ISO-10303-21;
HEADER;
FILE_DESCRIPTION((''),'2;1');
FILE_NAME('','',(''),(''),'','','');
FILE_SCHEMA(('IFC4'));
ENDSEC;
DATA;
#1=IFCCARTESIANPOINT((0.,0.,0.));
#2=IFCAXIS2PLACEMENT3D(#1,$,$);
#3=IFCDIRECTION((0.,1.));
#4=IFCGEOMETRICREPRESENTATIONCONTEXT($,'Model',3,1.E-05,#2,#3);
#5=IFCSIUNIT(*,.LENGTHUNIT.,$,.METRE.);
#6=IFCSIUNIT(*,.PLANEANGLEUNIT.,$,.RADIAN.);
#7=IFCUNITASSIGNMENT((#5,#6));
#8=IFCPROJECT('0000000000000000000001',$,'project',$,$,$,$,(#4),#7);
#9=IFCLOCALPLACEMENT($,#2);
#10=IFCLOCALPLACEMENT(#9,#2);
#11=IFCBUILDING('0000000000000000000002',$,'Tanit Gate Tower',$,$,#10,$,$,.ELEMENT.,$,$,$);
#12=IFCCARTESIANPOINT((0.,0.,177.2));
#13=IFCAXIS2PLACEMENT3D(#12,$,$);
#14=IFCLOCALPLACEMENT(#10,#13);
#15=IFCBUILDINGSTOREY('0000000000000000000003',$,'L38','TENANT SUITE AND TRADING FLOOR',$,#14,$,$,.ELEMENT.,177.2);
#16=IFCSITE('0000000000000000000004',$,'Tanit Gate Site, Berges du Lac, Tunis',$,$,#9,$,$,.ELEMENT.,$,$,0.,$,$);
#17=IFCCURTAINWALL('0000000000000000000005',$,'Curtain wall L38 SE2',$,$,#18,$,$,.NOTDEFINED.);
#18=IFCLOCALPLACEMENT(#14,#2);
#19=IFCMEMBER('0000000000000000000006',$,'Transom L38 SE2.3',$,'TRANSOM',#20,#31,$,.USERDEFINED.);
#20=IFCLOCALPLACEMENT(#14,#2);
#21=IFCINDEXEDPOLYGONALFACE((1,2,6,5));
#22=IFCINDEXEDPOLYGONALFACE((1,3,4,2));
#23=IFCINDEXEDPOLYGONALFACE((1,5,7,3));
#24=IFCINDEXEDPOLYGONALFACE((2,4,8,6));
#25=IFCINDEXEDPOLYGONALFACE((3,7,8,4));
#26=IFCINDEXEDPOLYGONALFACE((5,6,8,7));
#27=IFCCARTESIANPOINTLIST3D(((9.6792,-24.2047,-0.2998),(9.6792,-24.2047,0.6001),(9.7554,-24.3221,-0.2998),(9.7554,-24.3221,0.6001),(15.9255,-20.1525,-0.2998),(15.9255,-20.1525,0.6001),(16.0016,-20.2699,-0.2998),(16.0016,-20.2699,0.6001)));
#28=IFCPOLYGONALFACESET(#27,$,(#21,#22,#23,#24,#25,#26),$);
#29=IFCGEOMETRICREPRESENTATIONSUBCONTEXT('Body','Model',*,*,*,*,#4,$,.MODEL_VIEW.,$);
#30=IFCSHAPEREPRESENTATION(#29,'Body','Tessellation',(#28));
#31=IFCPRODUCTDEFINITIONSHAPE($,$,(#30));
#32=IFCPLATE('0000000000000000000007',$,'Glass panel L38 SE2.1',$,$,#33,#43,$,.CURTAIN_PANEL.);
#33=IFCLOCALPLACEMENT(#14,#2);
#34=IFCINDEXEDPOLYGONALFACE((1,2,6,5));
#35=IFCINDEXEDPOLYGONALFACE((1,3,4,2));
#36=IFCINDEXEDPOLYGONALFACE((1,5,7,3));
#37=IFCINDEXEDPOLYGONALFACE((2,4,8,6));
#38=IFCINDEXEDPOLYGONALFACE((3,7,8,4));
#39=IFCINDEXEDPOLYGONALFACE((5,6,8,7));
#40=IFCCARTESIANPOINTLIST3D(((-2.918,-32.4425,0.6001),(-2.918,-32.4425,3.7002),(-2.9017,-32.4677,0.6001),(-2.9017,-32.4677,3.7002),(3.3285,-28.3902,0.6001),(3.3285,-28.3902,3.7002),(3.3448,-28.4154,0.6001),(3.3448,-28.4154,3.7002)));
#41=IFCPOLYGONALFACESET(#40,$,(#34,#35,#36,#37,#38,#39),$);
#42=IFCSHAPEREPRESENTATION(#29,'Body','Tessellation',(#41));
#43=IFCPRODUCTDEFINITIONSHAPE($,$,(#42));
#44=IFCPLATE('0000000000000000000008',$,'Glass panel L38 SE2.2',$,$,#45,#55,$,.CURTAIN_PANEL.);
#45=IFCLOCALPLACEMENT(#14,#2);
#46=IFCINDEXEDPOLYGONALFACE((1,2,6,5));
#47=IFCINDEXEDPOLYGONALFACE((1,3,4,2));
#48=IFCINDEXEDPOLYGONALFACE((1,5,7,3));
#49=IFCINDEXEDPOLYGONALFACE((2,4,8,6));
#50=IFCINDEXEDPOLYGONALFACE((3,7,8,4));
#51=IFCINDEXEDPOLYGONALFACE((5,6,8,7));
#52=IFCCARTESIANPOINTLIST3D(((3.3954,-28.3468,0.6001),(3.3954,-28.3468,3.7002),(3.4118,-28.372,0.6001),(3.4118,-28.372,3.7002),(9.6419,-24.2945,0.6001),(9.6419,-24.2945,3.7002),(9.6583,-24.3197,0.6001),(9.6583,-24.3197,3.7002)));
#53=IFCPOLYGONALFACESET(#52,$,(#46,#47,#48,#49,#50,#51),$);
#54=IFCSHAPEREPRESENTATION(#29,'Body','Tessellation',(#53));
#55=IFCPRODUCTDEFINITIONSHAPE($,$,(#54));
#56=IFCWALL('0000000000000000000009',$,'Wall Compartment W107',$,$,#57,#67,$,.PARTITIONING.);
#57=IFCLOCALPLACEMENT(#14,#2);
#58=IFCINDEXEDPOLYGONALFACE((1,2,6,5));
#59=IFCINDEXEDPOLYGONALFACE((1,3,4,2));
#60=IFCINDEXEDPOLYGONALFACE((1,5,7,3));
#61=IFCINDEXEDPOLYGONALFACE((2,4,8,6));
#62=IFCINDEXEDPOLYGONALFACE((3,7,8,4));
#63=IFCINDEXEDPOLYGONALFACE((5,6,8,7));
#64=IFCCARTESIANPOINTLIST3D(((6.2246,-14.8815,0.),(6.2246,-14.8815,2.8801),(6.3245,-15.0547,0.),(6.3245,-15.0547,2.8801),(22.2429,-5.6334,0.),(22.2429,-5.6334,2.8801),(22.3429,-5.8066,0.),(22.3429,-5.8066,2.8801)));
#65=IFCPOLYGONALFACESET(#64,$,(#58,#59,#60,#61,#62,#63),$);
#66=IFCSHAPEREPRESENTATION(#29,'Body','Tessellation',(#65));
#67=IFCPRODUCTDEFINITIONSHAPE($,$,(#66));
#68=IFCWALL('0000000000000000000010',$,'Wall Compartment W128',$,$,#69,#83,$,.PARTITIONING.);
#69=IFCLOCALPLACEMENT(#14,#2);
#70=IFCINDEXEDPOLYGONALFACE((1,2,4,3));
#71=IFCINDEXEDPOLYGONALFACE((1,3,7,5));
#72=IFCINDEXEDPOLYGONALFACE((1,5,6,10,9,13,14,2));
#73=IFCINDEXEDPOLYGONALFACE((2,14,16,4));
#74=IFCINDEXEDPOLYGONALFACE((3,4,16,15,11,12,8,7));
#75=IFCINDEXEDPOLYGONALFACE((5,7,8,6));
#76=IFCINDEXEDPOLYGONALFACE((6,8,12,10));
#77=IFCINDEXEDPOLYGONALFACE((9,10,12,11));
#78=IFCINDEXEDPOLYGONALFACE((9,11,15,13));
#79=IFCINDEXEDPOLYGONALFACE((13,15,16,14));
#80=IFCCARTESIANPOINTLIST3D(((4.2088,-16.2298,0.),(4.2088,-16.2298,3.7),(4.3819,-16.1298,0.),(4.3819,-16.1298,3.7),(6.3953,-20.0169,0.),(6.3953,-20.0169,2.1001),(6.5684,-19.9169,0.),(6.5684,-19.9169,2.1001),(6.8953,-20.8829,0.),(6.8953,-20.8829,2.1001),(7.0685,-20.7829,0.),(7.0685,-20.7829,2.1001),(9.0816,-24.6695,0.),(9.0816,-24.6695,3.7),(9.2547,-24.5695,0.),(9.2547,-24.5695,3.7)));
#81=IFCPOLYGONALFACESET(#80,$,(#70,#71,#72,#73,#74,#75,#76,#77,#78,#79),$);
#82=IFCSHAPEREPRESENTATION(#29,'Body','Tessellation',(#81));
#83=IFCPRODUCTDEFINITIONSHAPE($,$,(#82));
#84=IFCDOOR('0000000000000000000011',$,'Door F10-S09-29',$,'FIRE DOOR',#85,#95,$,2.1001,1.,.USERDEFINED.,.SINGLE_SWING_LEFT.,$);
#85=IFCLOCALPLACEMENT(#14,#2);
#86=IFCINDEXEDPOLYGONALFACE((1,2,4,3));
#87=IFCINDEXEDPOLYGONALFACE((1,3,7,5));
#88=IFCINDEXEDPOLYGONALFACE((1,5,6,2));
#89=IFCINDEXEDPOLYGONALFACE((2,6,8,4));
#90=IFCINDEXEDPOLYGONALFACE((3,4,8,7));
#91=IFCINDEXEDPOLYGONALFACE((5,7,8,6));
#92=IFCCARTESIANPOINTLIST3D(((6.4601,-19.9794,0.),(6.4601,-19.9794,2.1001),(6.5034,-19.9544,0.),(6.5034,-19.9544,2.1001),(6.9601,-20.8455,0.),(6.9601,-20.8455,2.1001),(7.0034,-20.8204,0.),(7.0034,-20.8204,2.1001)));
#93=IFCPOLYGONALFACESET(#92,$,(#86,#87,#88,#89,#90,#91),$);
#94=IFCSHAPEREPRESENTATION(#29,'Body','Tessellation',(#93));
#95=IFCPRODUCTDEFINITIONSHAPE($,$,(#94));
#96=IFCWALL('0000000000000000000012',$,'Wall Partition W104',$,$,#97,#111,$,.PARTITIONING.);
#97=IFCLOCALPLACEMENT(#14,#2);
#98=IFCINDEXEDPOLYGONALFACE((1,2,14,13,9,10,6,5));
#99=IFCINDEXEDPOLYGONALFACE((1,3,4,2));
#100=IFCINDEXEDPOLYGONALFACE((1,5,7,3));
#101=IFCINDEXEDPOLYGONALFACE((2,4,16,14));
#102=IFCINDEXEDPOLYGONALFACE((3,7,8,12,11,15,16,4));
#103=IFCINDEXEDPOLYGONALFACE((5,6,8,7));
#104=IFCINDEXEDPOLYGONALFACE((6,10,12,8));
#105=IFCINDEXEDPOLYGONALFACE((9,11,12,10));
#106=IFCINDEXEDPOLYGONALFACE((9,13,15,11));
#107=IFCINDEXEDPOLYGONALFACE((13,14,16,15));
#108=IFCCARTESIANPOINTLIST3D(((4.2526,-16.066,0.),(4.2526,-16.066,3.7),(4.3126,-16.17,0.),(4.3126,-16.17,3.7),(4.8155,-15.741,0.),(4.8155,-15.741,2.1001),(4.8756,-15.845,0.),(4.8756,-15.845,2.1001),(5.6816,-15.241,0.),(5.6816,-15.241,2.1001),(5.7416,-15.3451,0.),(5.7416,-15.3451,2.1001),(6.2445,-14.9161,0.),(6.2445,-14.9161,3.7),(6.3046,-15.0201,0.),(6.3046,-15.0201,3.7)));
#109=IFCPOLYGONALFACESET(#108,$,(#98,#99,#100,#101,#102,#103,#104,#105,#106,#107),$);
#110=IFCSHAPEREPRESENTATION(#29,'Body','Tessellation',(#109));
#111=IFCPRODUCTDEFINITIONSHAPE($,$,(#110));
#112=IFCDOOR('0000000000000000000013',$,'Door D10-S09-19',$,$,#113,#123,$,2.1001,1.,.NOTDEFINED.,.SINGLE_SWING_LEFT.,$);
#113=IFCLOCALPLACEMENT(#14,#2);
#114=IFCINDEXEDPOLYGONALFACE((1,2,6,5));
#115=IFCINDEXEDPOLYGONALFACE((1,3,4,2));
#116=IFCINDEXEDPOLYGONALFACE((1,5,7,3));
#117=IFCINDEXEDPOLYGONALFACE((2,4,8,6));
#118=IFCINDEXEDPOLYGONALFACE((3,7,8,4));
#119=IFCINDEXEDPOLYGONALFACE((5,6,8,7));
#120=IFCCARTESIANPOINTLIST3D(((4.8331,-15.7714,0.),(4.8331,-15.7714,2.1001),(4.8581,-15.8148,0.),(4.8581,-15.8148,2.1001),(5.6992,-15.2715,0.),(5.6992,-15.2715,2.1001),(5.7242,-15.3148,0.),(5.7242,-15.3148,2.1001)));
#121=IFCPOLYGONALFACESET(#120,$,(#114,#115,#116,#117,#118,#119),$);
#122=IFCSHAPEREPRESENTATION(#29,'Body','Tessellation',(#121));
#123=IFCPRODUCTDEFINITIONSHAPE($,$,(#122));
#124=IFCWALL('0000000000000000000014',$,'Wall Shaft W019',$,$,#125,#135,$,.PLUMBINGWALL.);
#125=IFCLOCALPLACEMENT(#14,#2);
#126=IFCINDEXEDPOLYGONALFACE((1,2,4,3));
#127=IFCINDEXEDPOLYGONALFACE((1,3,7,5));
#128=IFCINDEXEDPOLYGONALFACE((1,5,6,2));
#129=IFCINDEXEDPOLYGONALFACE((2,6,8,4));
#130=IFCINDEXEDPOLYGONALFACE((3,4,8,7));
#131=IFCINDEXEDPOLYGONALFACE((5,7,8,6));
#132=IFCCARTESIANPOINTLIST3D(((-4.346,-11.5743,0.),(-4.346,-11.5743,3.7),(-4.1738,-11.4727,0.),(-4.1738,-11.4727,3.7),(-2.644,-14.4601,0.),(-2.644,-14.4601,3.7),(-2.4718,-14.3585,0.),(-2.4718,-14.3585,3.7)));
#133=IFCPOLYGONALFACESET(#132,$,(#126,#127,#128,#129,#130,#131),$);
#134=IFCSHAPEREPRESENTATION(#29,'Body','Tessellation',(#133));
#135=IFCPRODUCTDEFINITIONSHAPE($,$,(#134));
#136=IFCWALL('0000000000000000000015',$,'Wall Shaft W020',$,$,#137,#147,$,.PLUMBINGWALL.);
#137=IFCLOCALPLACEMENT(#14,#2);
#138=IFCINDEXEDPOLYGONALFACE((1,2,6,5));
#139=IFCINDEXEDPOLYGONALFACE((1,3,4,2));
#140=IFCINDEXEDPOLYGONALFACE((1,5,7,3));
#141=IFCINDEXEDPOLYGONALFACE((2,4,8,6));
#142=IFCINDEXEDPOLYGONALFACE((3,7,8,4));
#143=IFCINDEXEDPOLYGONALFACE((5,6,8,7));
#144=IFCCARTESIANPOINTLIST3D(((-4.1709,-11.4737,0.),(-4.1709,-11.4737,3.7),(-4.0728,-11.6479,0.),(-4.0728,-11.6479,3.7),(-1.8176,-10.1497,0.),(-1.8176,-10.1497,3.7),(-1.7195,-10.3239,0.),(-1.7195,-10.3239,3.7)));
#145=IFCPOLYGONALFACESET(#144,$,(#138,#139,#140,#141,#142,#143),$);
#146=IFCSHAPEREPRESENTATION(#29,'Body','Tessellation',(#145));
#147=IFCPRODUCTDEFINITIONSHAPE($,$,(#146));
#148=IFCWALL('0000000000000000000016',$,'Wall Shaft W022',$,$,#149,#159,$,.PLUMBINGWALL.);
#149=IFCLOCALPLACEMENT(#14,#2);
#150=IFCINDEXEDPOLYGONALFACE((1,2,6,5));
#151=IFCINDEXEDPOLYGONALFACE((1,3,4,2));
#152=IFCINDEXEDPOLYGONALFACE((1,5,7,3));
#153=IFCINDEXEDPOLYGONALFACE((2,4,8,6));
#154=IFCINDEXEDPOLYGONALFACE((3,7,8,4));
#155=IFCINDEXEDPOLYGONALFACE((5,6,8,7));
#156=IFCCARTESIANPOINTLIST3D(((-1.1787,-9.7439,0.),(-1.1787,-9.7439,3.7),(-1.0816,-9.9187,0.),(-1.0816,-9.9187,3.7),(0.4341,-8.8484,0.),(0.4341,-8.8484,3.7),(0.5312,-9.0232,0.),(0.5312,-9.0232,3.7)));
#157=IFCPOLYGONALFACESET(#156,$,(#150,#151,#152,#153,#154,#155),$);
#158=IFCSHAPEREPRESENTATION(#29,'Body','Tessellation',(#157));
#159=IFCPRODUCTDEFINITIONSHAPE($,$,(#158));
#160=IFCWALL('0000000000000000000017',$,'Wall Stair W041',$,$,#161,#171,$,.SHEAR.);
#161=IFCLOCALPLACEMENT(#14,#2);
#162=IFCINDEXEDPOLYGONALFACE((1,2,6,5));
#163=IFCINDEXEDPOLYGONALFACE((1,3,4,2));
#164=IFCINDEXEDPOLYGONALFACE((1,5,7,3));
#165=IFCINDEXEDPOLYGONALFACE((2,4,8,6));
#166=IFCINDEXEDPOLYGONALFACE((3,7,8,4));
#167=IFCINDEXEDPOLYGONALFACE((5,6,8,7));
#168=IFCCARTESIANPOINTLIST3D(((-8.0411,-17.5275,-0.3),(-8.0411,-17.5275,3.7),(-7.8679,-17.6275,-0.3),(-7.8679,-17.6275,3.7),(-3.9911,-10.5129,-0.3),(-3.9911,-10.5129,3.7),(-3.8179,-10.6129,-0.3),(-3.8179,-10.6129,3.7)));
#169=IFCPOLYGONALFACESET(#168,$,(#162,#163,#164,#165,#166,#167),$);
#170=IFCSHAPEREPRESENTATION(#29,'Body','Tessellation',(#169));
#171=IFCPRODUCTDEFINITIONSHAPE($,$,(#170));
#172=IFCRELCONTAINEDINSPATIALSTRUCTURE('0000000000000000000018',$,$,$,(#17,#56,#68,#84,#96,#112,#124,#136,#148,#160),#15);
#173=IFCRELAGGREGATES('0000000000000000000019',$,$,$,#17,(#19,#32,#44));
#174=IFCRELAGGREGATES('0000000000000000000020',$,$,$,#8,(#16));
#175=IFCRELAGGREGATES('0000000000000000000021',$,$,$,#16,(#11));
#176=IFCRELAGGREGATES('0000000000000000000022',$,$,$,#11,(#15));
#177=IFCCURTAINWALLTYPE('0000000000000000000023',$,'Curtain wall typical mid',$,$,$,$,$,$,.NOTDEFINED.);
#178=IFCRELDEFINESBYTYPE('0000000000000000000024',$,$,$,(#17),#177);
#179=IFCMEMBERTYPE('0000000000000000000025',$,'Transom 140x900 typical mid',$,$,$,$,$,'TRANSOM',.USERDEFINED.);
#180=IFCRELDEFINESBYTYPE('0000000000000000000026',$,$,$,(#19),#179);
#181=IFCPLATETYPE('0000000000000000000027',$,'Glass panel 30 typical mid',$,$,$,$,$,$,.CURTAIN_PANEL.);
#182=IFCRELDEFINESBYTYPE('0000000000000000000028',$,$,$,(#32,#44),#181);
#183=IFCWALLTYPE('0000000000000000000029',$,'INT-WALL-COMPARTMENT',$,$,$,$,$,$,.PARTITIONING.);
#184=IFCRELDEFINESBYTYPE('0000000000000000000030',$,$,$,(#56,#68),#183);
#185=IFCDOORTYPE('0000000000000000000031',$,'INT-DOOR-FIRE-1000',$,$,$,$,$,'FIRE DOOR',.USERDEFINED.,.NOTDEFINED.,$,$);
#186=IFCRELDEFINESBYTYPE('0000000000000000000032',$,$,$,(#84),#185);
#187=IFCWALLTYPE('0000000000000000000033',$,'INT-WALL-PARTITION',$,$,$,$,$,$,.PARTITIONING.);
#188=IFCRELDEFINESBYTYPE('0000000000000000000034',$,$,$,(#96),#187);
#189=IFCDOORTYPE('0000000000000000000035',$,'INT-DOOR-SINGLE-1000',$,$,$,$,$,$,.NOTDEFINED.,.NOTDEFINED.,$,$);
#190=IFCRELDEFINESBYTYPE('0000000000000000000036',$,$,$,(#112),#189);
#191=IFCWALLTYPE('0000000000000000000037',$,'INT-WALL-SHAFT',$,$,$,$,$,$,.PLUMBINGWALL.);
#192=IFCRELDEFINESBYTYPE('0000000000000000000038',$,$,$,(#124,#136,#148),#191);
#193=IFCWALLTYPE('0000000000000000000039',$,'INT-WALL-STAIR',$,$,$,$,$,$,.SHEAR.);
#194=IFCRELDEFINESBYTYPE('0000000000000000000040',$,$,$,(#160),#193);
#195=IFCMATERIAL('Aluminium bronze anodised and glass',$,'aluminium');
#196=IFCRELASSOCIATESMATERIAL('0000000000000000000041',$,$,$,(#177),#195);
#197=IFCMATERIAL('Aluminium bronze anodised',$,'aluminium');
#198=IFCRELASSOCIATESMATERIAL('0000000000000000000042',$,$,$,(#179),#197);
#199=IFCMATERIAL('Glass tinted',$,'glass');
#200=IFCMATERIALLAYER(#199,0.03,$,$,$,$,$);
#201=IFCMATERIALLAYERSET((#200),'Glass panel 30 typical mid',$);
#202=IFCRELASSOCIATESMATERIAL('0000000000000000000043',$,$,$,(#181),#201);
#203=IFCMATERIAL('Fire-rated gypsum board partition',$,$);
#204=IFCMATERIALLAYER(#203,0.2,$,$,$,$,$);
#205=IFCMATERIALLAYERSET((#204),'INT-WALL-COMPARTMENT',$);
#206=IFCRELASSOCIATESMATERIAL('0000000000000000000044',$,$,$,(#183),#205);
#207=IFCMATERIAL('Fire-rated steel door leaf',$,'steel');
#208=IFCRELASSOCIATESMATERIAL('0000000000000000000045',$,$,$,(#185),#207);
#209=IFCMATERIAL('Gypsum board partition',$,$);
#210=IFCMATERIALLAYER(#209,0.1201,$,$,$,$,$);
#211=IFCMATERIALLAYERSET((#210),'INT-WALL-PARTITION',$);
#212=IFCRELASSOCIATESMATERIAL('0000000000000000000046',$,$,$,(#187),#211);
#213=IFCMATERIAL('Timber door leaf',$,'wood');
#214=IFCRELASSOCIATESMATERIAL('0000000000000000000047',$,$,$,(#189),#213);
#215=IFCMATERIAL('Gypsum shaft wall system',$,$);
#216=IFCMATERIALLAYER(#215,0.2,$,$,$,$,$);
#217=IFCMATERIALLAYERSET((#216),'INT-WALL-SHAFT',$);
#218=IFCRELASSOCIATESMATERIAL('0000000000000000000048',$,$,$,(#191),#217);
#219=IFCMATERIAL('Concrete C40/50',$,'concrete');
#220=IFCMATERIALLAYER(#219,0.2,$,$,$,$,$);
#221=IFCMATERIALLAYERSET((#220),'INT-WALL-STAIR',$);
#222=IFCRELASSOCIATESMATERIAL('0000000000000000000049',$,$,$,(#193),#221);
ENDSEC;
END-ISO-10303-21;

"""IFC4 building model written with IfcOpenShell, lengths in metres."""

from ifc_helpers import new_model, si_unit, direction, frame, frame_2d, origin, origin_2d, place, context, subcontext, project, spatial, rectangle, extrude, material, layer, layer_set, material_profile, profile_set, type_object, element, fill, aggregate, save


model = new_model("IFC4")

# Units and contexts
model_context = context("Model", 3, precision=1e-05, world=origin(), true_north=direction((0.0, 1.0)))
body_context = subcontext(model_context, "Body", "Model", "MODEL_VIEW")
ifc_project = project(units=[si_unit("LENGTHUNIT", "METRE"), si_unit("PLANEANGLEUNIT", "RADIAN")], contexts=[model_context])

# Site, building, storey
site_placement = place(None, origin())
site = spatial("IfcSite", under=ifc_project, at=site_placement, Name="Tanit Gate Site, Berges du Lac, Tunis", CompositionType="ELEMENT", RefElevation=0.0)
building_placement = place(site_placement, origin())
building = spatial("IfcBuilding", under=site, at=building_placement, Name="Tanit Gate Tower", CompositionType="ELEMENT")
storey_placement = place(building_placement, frame((0.0, 0.0, 177.2)))
storey = spatial("IfcBuildingStorey", under=building, at=storey_placement, Name="L38", Description="TENANT SUITE AND TRADING FLOOR", CompositionType="ELEMENT", Elevation=177.2)

# Curtain wall
ifc_material_1 = material(Name="Aluminium bronze anodised and glass", Category="aluminium")
curtain_wall_type = type_object("IfcCurtainWallType", Name="Curtain wall typical mid", PredefinedType="NOTDEFINED", material=ifc_material_1)
curtain_wall_1_placement = place(storey_placement, origin())
curtain_wall_1 = element("IfcCurtainWall", 1, at=curtain_wall_1_placement, inside=storey, type_object=curtain_wall_type, Name="Curtain wall L38 SE2", PredefinedType="NOTDEFINED")

# Member
ifc_material_2 = material(Name="Aluminium bronze anodised", Category="aluminium")
ifc_material_profile_1 = material_profile(ifc_material_2, rectangle(XDim=0.1399, YDim=0.8999, at=origin_2d()), Name="140x900 bronze transom")
ifc_profile_set_1 = profile_set([ifc_material_profile_1], Name="Aluminium bronze anodised")
member_type_1 = type_object("IfcMemberType", Name="Transom 140x900 typical mid", ElementType="TRANSOM", PredefinedType="USERDEFINED", material=ifc_profile_set_1)
member_1_placement = place(storey_placement, frame((9.7173, -24.2634, 0.1501), z_axis=(0.838926, 0.544245, 0.0), x_axis=(-0.544245, 0.838926, 0.0)))
member_1 = element("IfcMember", 2, at=member_1_placement, type_object=member_type_1, Name="Transom L38 SE2.3", ObjectType="TRANSOM", PredefinedType="USERDEFINED", context=body_context, shape_type="SweptSolid", body=[
    extrude(rectangle(XDim=0.1399, YDim=0.8999, at=origin_2d()), origin(), (0.0, 0.0, 1.0), 7.4456),
])

# Plates
ifc_material_3 = material(Name="Glass tinted", Category="glass")
ifc_layer_1 = layer(ifc_material_3, 0.03)
ifc_layer_set_1 = layer_set([ifc_layer_1], Name="Glass panel 30 typical mid")
plate_type = type_object("IfcPlateType", Name="Glass panel 30 typical mid", PredefinedType="CURTAIN_PANEL", material=ifc_layer_set_1)
plate_1_placement = place(storey_placement, frame((0.2134, -30.429, 0.6001), z_axis=(0.0, 0.0, 1.0), x_axis=(0.838927, 0.544243, 0.0)))
plate_1 = element("IfcPlate", 3, at=plate_1_placement, type_object=plate_type, Name="Glass panel L38 SE2.1", PredefinedType="CURTAIN_PANEL", context=body_context, shape_type="SweptSolid", body=[
    extrude(rectangle(XDim=7.4458, YDim=0.03, at=origin_2d()), origin(), (0.0, 0.0, 1.0), 3.1001),
])
plate_2_placement = place(storey_placement, frame((6.5269, -26.3333, 0.6001), z_axis=(0.0, 0.0, 1.0), x_axis=(0.838927, 0.544243, 0.0)))
plate_2 = element("IfcPlate", 4, at=plate_2_placement, type_object=plate_type, Name="Glass panel L38 SE2.2", PredefinedType="CURTAIN_PANEL", context=body_context, shape_type="SweptSolid", body=[
    extrude(rectangle(XDim=7.4458, YDim=0.03, at=origin_2d()), origin(), (0.0, 0.0, 1.0), 3.1001),
])
aggregate(curtain_wall_1, [member_1, plate_1, plate_2])

# Wall
ifc_material_4 = material(Name="Fire-rated gypsum board partition")
ifc_layer_2 = layer(ifc_material_4, 0.2)
ifc_layer_set_2 = layer_set([ifc_layer_2], Name="INT-WALL-COMPARTMENT")
wall_type_1 = type_object("IfcWallType", Name="INT-WALL-COMPARTMENT", PredefinedType="PARTITIONING", material=ifc_layer_set_2)
wall_1_placement = place(storey_placement, frame((6.2747, -14.968, 0.0), z_axis=(0.0, 0.0, 1.0), x_axis=(0.866028, 0.499995, 0.0)))
element("IfcWall", 5, at=wall_1_placement, inside=storey, type_object=wall_type_1, Name="Wall Compartment W107", PredefinedType="PARTITIONING", context=body_context, shape_type="SweptSolid", body=[
    extrude(rectangle(XDim=18.4963, YDim=0.2, at=frame_2d((9.248, 0.0))), origin(), (0.0, 0.0, 1.0), 2.8801),
])

# Walls, openings, doors
wall_2_placement = place(storey_placement, frame((4.2954, -16.1799, 0.0), z_axis=(0.0, 0.0, 1.0), x_axis=(0.500011, -0.866019, 0.0)))
wall_2 = element("IfcWall", 6, at=wall_2_placement, inside=storey, type_object=wall_type_1, Name="Wall Compartment W128", PredefinedType="PARTITIONING", context=body_context, shape_type="SweptSolid", body=[
    extrude(rectangle(XDim=9.7454, YDim=0.2, at=frame_2d((4.8726, 0.0))), origin(), (0.0, 0.0, 1.0), 3.7),
])
opening_1_placement = place(wall_2_placement, frame((4.3728, 0.0, 0.0)))
opening_1 = element("IfcOpeningElement", 7, at=opening_1_placement, cuts=wall_2, PredefinedType="OPENING", context=body_context, shape_type="SweptSolid", body=[
    extrude(rectangle(XDim=1.0, YDim=2.1001, at=frame_2d((0.5, 1.05))), frame((0.0, 0.1099, 0.0), z_axis=(0.0, -1.0, 0.0), x_axis=(1.0, 0.0, 0.0)), (0.0, 0.0, 1.0), 0.22),
])
ifc_material_5 = material(Name="Fire-rated steel door leaf", Category="steel")
door_type_1 = type_object("IfcDoorType", Name="INT-DOOR-FIRE-1000", ElementType="FIRE DOOR", OperationType="NOTDEFINED", PredefinedType="USERDEFINED", material=ifc_material_5)
door_1_placement = place(opening_1_placement, origin())
door_1 = element("IfcDoor", 8, at=door_1_placement, inside=storey, type_object=door_type_1, Name="Door F10-S09-29", ObjectType="FIRE DOOR", OperationType="SINGLE_SWING_LEFT", OverallHeight=2.1001, OverallWidth=1.0, PredefinedType="USERDEFINED", context=body_context, shape_type="SweptSolid", body=[
    extrude(rectangle(XDim=1.0, YDim=2.1001, at=frame_2d((0.5, 1.05))), frame((0.0, 0.0249, 0.0), z_axis=(0.0, -1.0, 0.0), x_axis=(1.0, 0.0, 0.0)), (0.0, 0.0, 1.0), 0.05),
])
fill(opening_1, door_1)
ifc_material_6 = material(Name="Gypsum board partition")
ifc_layer_3 = layer(ifc_material_6, 0.1201)
ifc_layer_set_3 = layer_set([ifc_layer_3], Name="INT-WALL-PARTITION")
wall_type_2 = type_object("IfcWallType", Name="INT-WALL-PARTITION", PredefinedType="PARTITIONING", material=ifc_layer_set_3)
wall_3_placement = place(storey_placement, frame((4.2827, -16.1179, 0.0), z_axis=(0.0, 0.0, 1.0), x_axis=(0.866053, 0.499952, 0.0)))
wall_3 = element("IfcWall", 9, at=wall_3_placement, inside=storey, type_object=wall_type_2, Name="Wall Partition W104", PredefinedType="PARTITIONING", context=body_context, shape_type="SweptSolid", body=[
    extrude(rectangle(XDim=2.3, YDim=0.1201, at=frame_2d((1.1499, 0.0))), origin(), (0.0, 0.0, 1.0), 3.7),
])
opening_2_placement = place(wall_3_placement, frame((0.6499, 0.0, 0.0)))
opening_2 = element("IfcOpeningElement", 10, at=opening_2_placement, cuts=wall_3, PredefinedType="OPENING", context=body_context, shape_type="SweptSolid", body=[
    extrude(rectangle(XDim=1.0, YDim=2.1001, at=frame_2d((0.5, 1.05))), frame((0.0, 0.0701, 0.0), z_axis=(0.0, -1.0, 0.0), x_axis=(1.0, 0.0, 0.0)), (0.0, 0.0, 1.0), 0.1401),
])
ifc_material_7 = material(Name="Timber door leaf", Category="wood")
door_type_2 = type_object("IfcDoorType", Name="INT-DOOR-SINGLE-1000", OperationType="NOTDEFINED", PredefinedType="NOTDEFINED", material=ifc_material_7)
door_2_placement = place(opening_2_placement, origin())
door_2 = element("IfcDoor", 11, at=door_2_placement, inside=storey, type_object=door_type_2, Name="Door D10-S09-19", OperationType="SINGLE_SWING_LEFT", OverallHeight=2.1001, OverallWidth=1.0, PredefinedType="NOTDEFINED", context=body_context, shape_type="SweptSolid", body=[
    extrude(rectangle(XDim=1.0, YDim=2.1001, at=frame_2d((0.5, 1.05))), frame((0.0, 0.0249, 0.0), z_axis=(0.0, -1.0, 0.0), x_axis=(1.0, 0.0, 0.0)), (0.0, 0.0, 1.0), 0.05),
])
fill(opening_2, door_2)

# Walls
ifc_material_8 = material(Name="Gypsum shaft wall system")
ifc_layer_4 = layer(ifc_material_8, 0.2)
ifc_layer_set_4 = layer_set([ifc_layer_4], Name="INT-WALL-SHAFT")
wall_type_3 = type_object("IfcWallType", Name="INT-WALL-SHAFT", PredefinedType="PLUMBINGWALL", material=ifc_layer_set_4)
wall_4_placement = place(storey_placement, frame((-2.5579, -14.4094, 0.0), z_axis=(0.0, 0.0, 1.0), x_axis=(-0.507997, 0.861359, 0.0)))
element("IfcWall", 12, at=wall_4_placement, inside=storey, type_object=wall_type_3, Name="Wall Shaft W019", PredefinedType="PLUMBINGWALL", context=body_context, shape_type="SweptSolid", body=[
    extrude(rectangle(XDim=3.3503, YDim=0.2, at=frame_2d((1.6753, 0.0))), origin(), (0.0, 0.0, 1.0), 3.7),
])
wall_5_placement = place(storey_placement, frame((-1.7686, -10.2368, 0.0), z_axis=(0.0, 0.0, 1.0), x_axis=(-0.871534, -0.490334, 0.0)))
element("IfcWall", 13, at=wall_5_placement, inside=storey, type_object=wall_type_3, Name="Wall Shaft W020", PredefinedType="PLUMBINGWALL", context=body_context, shape_type="SweptSolid", body=[
    extrude(rectangle(XDim=2.7002, YDim=0.2, at=frame_2d((1.3501, 0.0))), origin(), (0.0, 0.0, 1.0), 3.7),
])
wall_6_placement = place(storey_placement, frame((-1.1301, -9.8313, 0.0), z_axis=(0.0, 0.0, 1.0), x_axis=(0.87427, 0.485441, 0.0)))
element("IfcWall", 14, at=wall_6_placement, inside=storey, type_object=wall_type_3, Name="Wall Shaft W022", PredefinedType="PLUMBINGWALL", context=body_context, shape_type="SweptSolid", body=[
    extrude(rectangle(XDim=1.8447, YDim=0.2, at=frame_2d((0.9224, 0.0))), origin(), (0.0, 0.0, 1.0), 3.7),
])
ifc_material_9 = material(Name="Concrete C40/50", Category="concrete")
ifc_layer_5 = layer(ifc_material_9, 0.2)
ifc_layer_set_5 = layer_set([ifc_layer_5], Name="INT-WALL-STAIR")
wall_type_4 = type_object("IfcWallType", Name="INT-WALL-STAIR", PredefinedType="SHEAR", material=ifc_layer_set_5)
wall_7_placement = place(storey_placement, frame((-3.9045, -10.563, -0.3), z_axis=(0.0, 0.0, 1.0), x_axis=(-0.500013, -0.866018, 0.0)))
element("IfcWall", 15, at=wall_7_placement, inside=storey, type_object=wall_type_4, Name="Wall Stair W041", PredefinedType="SHEAR", context=body_context, shape_type="SweptSolid", body=[
    extrude(rectangle(XDim=8.0999, YDim=0.2, at=frame_2d((4.0498, 0.0))), origin(), (0.0, 0.0, 1.0), 4.0),
])

save(model, "model.ifc")
